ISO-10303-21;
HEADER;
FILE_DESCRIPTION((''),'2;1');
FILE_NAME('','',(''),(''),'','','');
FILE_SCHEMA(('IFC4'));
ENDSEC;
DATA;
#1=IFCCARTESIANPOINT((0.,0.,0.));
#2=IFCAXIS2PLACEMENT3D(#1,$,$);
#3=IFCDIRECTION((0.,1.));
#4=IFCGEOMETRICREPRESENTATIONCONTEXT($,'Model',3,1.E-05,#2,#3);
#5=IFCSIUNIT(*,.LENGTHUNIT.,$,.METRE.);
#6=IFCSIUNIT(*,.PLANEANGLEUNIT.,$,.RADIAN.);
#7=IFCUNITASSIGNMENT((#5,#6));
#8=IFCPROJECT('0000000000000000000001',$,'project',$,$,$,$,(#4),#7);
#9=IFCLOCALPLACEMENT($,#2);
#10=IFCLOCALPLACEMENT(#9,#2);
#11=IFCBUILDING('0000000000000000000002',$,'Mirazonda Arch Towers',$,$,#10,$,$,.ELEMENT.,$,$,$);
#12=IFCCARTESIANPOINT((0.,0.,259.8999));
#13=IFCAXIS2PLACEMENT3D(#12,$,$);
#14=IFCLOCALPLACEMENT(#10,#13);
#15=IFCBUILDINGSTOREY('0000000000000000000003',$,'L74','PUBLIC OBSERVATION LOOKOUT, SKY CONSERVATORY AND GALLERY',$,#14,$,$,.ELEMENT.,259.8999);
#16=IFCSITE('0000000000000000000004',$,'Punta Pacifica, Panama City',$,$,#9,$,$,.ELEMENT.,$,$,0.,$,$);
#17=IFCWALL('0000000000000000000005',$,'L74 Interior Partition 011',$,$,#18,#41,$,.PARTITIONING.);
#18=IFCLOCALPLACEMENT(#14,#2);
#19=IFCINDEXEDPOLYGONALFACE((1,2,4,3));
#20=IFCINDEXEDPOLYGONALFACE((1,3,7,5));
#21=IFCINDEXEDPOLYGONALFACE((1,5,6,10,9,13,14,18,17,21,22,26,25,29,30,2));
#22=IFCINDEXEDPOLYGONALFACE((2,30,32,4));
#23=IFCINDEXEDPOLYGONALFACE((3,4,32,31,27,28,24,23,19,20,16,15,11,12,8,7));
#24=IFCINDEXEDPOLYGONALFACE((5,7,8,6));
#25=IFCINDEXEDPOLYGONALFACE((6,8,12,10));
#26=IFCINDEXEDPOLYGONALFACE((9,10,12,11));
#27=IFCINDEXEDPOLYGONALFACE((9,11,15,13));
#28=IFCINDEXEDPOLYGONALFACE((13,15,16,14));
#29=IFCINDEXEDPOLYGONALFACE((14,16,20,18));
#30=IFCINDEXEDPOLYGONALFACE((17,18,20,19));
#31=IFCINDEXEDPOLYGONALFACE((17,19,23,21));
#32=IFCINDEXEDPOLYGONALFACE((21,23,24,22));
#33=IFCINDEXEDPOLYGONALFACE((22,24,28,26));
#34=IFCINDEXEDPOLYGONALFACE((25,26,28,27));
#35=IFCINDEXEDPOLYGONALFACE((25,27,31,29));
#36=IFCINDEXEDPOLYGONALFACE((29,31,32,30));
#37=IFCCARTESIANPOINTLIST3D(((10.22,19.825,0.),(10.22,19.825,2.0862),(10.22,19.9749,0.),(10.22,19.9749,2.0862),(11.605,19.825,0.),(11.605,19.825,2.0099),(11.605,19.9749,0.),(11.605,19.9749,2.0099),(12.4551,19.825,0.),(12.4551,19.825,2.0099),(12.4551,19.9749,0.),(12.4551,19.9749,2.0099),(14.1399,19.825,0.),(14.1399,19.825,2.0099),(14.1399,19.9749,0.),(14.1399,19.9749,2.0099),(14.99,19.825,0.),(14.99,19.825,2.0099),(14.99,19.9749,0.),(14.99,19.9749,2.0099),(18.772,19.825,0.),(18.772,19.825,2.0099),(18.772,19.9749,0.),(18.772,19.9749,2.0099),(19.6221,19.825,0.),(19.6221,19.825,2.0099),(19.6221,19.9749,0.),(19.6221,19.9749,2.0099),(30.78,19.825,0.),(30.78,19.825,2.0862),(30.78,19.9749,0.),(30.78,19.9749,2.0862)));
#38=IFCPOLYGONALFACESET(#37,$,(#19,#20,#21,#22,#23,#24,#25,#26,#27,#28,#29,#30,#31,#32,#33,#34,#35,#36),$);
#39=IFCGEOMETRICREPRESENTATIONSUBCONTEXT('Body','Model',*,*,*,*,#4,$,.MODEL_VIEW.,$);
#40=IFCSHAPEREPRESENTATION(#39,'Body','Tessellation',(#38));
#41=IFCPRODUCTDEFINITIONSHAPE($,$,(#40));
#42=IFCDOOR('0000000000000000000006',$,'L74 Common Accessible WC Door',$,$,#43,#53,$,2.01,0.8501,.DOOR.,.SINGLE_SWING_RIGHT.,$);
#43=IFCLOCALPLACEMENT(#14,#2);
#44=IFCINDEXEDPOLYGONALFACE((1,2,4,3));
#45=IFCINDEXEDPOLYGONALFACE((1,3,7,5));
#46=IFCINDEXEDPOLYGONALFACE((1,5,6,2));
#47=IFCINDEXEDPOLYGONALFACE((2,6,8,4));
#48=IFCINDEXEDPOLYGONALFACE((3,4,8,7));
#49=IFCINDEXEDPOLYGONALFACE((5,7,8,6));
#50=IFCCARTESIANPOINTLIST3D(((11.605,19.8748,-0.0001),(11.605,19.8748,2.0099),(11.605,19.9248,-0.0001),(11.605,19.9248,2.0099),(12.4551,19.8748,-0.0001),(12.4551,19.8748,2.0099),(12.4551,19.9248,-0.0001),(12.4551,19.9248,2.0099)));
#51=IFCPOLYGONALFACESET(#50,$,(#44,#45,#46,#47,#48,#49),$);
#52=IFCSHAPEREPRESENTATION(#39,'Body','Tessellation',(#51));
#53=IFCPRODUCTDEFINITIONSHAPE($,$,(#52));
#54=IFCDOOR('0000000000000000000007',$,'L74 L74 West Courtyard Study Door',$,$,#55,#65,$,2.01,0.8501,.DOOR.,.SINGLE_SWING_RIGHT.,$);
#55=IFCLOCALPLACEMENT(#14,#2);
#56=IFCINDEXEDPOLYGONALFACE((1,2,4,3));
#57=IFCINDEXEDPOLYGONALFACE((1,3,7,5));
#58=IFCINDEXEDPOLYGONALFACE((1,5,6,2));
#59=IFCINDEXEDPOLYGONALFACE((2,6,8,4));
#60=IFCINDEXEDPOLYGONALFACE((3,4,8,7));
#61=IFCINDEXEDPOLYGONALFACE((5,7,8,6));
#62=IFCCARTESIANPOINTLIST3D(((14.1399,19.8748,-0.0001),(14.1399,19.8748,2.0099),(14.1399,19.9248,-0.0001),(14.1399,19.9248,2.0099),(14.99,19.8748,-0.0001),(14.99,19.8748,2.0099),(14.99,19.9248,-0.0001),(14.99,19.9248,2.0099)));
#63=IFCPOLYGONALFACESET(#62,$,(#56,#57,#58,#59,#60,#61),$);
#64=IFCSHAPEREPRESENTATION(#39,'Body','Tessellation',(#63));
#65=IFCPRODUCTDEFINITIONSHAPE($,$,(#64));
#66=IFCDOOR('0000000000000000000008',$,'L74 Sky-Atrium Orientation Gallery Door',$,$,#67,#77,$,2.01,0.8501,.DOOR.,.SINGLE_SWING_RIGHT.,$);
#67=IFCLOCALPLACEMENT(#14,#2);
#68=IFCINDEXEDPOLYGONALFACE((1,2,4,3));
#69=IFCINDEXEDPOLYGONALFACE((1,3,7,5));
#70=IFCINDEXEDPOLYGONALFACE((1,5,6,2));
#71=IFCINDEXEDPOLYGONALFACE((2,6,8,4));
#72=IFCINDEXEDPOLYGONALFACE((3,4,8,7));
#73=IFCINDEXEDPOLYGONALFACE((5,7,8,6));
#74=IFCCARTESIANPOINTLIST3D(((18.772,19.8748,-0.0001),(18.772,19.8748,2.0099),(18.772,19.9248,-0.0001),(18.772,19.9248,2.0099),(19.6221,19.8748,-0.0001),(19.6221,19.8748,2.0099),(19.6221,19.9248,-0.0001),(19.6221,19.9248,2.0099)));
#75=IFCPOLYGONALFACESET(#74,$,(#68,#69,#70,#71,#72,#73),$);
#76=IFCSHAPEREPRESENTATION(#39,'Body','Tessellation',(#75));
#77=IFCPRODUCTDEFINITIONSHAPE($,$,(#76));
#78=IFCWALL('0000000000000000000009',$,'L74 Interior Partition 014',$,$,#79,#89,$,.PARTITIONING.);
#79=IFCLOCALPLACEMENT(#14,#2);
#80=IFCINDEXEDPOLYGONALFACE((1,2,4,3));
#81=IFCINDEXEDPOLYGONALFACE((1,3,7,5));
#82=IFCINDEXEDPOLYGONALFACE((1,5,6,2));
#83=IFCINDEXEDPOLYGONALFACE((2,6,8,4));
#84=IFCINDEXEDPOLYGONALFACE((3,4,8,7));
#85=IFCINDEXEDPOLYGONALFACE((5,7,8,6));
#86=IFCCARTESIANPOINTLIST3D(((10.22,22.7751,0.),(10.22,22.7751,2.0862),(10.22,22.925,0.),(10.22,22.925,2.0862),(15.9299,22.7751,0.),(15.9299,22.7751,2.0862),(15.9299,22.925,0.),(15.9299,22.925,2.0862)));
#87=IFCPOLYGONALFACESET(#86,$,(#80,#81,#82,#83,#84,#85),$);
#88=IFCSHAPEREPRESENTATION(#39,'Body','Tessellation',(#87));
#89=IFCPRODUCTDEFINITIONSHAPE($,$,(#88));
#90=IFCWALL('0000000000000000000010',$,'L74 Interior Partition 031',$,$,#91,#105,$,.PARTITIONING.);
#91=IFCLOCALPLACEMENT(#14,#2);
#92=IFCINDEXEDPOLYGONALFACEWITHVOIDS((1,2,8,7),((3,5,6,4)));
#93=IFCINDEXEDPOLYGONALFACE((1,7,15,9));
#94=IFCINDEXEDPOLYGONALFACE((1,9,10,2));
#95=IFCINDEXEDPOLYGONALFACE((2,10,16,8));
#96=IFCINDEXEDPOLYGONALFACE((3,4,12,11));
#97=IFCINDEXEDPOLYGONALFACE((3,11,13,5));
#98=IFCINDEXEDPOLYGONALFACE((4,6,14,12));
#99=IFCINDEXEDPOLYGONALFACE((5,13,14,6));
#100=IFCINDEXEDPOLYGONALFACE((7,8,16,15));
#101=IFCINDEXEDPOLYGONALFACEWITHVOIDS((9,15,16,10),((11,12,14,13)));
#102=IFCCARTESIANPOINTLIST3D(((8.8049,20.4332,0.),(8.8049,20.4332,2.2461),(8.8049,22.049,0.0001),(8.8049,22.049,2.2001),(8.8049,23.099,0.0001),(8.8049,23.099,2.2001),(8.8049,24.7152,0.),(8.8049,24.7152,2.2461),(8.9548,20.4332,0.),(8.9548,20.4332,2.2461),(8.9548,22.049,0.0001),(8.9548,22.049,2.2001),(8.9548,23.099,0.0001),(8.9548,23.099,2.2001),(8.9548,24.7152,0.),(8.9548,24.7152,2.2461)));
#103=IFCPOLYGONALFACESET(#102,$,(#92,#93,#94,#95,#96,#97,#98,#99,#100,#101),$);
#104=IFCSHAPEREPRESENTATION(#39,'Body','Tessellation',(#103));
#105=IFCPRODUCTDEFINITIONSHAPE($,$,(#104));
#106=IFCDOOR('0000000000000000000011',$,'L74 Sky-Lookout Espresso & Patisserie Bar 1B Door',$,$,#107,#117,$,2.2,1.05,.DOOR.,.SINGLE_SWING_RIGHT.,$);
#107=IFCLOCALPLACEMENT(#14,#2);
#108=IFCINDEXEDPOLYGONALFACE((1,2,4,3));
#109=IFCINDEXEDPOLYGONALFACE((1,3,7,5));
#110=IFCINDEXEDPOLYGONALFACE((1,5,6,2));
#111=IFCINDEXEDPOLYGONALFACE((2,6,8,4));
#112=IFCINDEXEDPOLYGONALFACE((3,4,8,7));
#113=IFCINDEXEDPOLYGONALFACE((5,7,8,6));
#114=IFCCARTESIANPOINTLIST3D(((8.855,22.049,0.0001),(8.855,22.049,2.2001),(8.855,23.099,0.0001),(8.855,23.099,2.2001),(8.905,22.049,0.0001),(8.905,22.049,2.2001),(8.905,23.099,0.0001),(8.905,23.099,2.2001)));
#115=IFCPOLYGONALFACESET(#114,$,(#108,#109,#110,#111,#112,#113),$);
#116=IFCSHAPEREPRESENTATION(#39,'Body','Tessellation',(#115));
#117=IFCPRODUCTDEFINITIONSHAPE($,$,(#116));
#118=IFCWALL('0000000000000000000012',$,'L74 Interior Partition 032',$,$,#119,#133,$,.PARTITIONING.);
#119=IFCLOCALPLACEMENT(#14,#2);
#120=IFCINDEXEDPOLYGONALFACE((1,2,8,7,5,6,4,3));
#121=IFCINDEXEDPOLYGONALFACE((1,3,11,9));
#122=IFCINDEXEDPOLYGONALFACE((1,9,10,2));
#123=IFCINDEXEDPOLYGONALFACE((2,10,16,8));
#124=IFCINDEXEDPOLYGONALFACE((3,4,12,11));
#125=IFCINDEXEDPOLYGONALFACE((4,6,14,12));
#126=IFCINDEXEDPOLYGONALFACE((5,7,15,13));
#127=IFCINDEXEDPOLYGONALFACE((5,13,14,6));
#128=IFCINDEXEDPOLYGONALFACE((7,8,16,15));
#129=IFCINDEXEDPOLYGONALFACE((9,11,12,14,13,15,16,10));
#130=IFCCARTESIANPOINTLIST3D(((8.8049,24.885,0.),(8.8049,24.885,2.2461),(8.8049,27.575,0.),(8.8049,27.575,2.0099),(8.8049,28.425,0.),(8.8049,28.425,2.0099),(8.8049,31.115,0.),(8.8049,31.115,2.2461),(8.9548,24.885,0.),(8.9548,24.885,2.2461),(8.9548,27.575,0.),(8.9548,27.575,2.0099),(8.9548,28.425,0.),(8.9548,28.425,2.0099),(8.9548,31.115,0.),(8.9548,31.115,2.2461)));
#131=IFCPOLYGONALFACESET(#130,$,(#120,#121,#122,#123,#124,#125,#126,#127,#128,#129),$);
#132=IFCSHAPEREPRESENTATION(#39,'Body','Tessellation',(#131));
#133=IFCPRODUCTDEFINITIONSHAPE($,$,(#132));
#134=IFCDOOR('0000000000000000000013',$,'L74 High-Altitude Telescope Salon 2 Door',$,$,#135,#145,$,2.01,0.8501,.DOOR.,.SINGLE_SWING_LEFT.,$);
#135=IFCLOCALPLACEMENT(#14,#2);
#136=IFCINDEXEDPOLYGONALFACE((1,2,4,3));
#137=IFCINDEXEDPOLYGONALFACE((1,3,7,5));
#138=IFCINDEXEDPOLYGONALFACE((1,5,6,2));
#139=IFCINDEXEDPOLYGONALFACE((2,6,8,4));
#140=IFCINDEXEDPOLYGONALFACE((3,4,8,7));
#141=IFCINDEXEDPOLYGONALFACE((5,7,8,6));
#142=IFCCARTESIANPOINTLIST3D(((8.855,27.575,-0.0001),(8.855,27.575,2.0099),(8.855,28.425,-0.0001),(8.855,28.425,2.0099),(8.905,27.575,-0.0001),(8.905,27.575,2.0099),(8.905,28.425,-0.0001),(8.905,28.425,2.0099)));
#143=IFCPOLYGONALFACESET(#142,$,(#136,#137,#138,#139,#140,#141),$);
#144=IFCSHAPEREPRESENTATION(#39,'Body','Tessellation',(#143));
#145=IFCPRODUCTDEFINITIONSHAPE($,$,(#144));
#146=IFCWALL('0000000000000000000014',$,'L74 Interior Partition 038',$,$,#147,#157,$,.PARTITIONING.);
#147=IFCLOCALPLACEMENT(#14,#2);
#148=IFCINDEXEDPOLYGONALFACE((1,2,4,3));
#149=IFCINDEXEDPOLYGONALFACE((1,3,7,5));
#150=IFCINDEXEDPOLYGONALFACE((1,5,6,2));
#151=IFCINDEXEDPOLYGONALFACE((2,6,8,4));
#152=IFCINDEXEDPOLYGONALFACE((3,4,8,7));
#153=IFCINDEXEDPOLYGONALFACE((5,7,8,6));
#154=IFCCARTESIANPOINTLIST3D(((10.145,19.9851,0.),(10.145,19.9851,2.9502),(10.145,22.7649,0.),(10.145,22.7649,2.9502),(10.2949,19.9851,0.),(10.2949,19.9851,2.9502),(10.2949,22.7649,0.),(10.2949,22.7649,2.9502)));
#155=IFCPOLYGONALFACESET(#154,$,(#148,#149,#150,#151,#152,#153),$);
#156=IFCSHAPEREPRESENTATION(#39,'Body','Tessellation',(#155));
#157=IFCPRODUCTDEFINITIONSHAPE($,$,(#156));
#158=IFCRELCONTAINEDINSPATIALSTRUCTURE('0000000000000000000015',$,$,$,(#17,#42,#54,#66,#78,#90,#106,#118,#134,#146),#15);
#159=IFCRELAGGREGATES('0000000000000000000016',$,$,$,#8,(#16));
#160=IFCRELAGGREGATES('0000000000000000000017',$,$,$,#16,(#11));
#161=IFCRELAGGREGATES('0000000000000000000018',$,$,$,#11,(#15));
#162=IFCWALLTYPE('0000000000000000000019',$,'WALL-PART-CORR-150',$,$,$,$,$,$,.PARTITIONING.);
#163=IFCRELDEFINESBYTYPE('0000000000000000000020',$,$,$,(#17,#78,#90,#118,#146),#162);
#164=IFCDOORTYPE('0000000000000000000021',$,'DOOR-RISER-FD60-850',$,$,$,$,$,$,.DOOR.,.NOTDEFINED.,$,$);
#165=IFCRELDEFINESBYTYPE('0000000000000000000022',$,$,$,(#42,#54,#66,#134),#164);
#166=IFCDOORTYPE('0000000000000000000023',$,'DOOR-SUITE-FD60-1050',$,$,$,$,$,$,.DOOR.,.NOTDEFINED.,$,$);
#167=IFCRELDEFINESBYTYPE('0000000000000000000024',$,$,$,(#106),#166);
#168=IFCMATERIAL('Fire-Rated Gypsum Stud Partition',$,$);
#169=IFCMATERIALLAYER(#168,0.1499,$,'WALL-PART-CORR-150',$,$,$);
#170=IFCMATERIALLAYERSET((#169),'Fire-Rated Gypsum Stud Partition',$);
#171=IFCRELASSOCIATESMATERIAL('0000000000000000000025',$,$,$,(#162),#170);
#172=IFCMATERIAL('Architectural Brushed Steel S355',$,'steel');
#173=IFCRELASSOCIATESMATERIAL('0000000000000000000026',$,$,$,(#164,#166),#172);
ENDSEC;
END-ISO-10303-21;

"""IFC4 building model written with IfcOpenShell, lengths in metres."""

from ifc_helpers import new_model, si_unit, direction, frame, frame_2d, origin, place, context, subcontext, project, spatial, rectangle, extrude, material, layer, layer_set, type_object, element, fill, save


model = new_model("IFC4")

# Units and contexts
model_context = context("Model", 3, precision=1e-05, world=origin(), true_north=direction((0.0, 1.0)))
body_context = subcontext(model_context, "Body", "Model", "MODEL_VIEW")
ifc_project = project(units=[si_unit("LENGTHUNIT", "METRE"), si_unit("PLANEANGLEUNIT", "RADIAN")], contexts=[model_context])

# Site, building, storey
site_placement = place(None, origin())
site = spatial("IfcSite", under=ifc_project, at=site_placement, Name="Punta Pacifica, Panama City", CompositionType="ELEMENT", RefElevation=0.0)
building_placement = place(site_placement, origin())
building = spatial("IfcBuilding", under=site, at=building_placement, Name="Mirazonda Arch Towers", CompositionType="ELEMENT")
storey_placement = place(building_placement, frame((0.0, 0.0, 259.8999)))
storey = spatial("IfcBuildingStorey", under=building, at=storey_placement, Name="L74", Description="PUBLIC OBSERVATION LOOKOUT, SKY CONSERVATORY AND GALLERY", CompositionType="ELEMENT", Elevation=259.8999)

# Shared definitions
ifc_material_1 = material(Name="Architectural Brushed Steel S355", Category="steel")

# Shared definitions
ifc_material_2 = material(Name="Fire-Rated Gypsum Stud Partition")
ifc_layer_1 = layer(ifc_material_2, 0.1499, Name="WALL-PART-CORR-150")
ifc_layer_set_1 = layer_set([ifc_layer_1], Name="Fire-Rated Gypsum Stud Partition")
wall_type_1 = type_object("IfcWallType", Name="WALL-PART-CORR-150", PredefinedType="PARTITIONING", material=ifc_layer_set_1)

# Wall, openings, doors
wall_1_placement = place(storey_placement, frame((10.22, 19.8999, 0.0), z_axis=(0.0, 0.0, 1.0), x_axis=(1.0, 0.0, 0.0)))
wall_1 = element("IfcWall", 1, at=wall_1_placement, inside=storey, type_object=wall_type_1, Name="L74 Interior Partition 011", PredefinedType="PARTITIONING", context=body_context, shape_type="SweptSolid", body=[
    extrude(rectangle(XDim=20.5601, YDim=0.1499, at=frame_2d((10.28, 0.0))), origin(), (0.0, 0.0, 1.0), 2.0862),
])
opening_1_placement = place(wall_1_placement, frame((1.385, 0.0, 0.0)))
opening_1 = element("IfcOpeningElement", 2, at=opening_1_placement, cuts=wall_1, PredefinedType="OPENING", context=body_context, shape_type="SweptSolid", body=[
    extrude(rectangle(XDim=0.8501, YDim=2.01, at=frame_2d((0.425, 1.0049))), frame((0.0, 0.085, 0.0), z_axis=(0.0, -1.0, 0.0), x_axis=(1.0, 0.0, 0.0)), (0.0, 0.0, 1.0), 0.1699),
])
opening_2_placement = place(wall_1_placement, frame((3.9199, 0.0, 0.0)))
opening_2 = element("IfcOpeningElement", 3, at=opening_2_placement, cuts=wall_1, PredefinedType="OPENING", context=body_context, shape_type="SweptSolid", body=[
    extrude(rectangle(XDim=0.8501, YDim=2.01, at=frame_2d((0.425, 1.0049))), frame((0.0, 0.085, 0.0), z_axis=(0.0, -1.0, 0.0), x_axis=(1.0, 0.0, 0.0)), (0.0, 0.0, 1.0), 0.1699),
])
opening_3_placement = place(wall_1_placement, frame((8.552, 0.0, 0.0)))
opening_3 = element("IfcOpeningElement", 4, at=opening_3_placement, cuts=wall_1, PredefinedType="OPENING", context=body_context, shape_type="SweptSolid", body=[
    extrude(rectangle(XDim=0.8501, YDim=2.01, at=frame_2d((0.425, 1.0049))), frame((0.0, 0.085, 0.0), z_axis=(0.0, -1.0, 0.0), x_axis=(1.0, 0.0, 0.0)), (0.0, 0.0, 1.0), 0.1699),
])
door_type_1 = type_object("IfcDoorType", Name="DOOR-RISER-FD60-850", OperationType="NOTDEFINED", PredefinedType="DOOR", material=ifc_material_1)
door_1_placement = place(opening_1_placement, origin())
door_1 = element("IfcDoor", 5, at=door_1_placement, inside=storey, type_object=door_type_1, Name="L74 Common Accessible WC Door", OperationType="SINGLE_SWING_RIGHT", OverallHeight=2.01, OverallWidth=0.8501, PredefinedType="DOOR", context=body_context, shape_type="SweptSolid", body=[
    extrude(rectangle(XDim=0.8501, YDim=2.01, at=frame_2d((0.425, 1.0049))), frame((0.0, 0.0249, 0.0), z_axis=(0.0, -1.0, 0.0), x_axis=(1.0, 0.0, 0.0)), (0.0, 0.0, 1.0), 0.05),
])
fill(opening_1, door_1)
door_2_placement = place(opening_2_placement, origin())
door_2 = element("IfcDoor", 6, at=door_2_placement, inside=storey, type_object=door_type_1, Name="L74 L74 West Courtyard Study Door", OperationType="SINGLE_SWING_RIGHT", OverallHeight=2.01, OverallWidth=0.8501, PredefinedType="DOOR", context=body_context, shape_type="SweptSolid", body=[
    extrude(rectangle(XDim=0.8501, YDim=2.01, at=frame_2d((0.425, 1.0049))), frame((0.0, 0.0249, 0.0), z_axis=(0.0, -1.0, 0.0), x_axis=(1.0, 0.0, 0.0)), (0.0, 0.0, 1.0), 0.05),
])
fill(opening_2, door_2)
door_3_placement = place(opening_3_placement, origin())
door_3 = element("IfcDoor", 7, at=door_3_placement, inside=storey, type_object=door_type_1, Name="L74 Sky-Atrium Orientation Gallery Door", OperationType="SINGLE_SWING_RIGHT", OverallHeight=2.01, OverallWidth=0.8501, PredefinedType="DOOR", context=body_context, shape_type="SweptSolid", body=[
    extrude(rectangle(XDim=0.8501, YDim=2.01, at=frame_2d((0.425, 1.0049))), frame((0.0, 0.0249, 0.0), z_axis=(0.0, -1.0, 0.0), x_axis=(1.0, 0.0, 0.0)), (0.0, 0.0, 1.0), 0.05),
])
fill(opening_3, door_3)

# Wall
wall_2_placement = place(storey_placement, frame((10.22, 22.8501, 0.0), z_axis=(0.0, 0.0, 1.0), x_axis=(1.0, 0.0, 0.0)))
element("IfcWall", 8, at=wall_2_placement, inside=storey, type_object=wall_type_1, Name="L74 Interior Partition 014", PredefinedType="PARTITIONING", context=body_context, shape_type="SweptSolid", body=[
    extrude(rectangle(XDim=5.71, YDim=0.1499, at=frame_2d((2.855, 0.0))), origin(), (0.0, 0.0, 1.0), 2.0862),
])

# Walls, openings, doors
wall_3_placement = place(storey_placement, frame((8.8799, 20.4331, 0.0), z_axis=(0.0, 0.0, 1.0), x_axis=(0.0, 1.0, 0.0)))
wall_3 = element("IfcWall", 9, at=wall_3_placement, inside=storey, type_object=wall_type_1, Name="L74 Interior Partition 031", PredefinedType="PARTITIONING", context=body_context, shape_type="SweptSolid", body=[
    extrude(rectangle(XDim=4.282, YDim=0.1499, at=frame_2d((2.1411, 0.0))), origin(), (0.0, 0.0, 1.0), 2.2461),
])
opening_4_placement = place(wall_3_placement, frame((1.616, 0.0, 0.0)))
opening_4 = element("IfcOpeningElement", 10, at=opening_4_placement, cuts=wall_3, PredefinedType="OPENING", context=body_context, shape_type="SweptSolid", body=[
    extrude(rectangle(XDim=1.05, YDim=2.2, at=frame_2d((0.5249, 1.1001))), frame((0.0, 0.085, 0.0), z_axis=(0.0, -1.0, 0.0), x_axis=(1.0, 0.0, 0.0)), (0.0, 0.0, 1.0), 0.1699),
])
door_type_2 = type_object("IfcDoorType", Name="DOOR-SUITE-FD60-1050", OperationType="NOTDEFINED", PredefinedType="DOOR", material=ifc_material_1)
door_4_placement = place(opening_4_placement, origin())
door_4 = element("IfcDoor", 11, at=door_4_placement, inside=storey, type_object=door_type_2, Name="L74 Sky-Lookout Espresso & Patisserie Bar 1B Door", OperationType="SINGLE_SWING_RIGHT", OverallHeight=2.2, OverallWidth=1.05, PredefinedType="DOOR", context=body_context, shape_type="SweptSolid", body=[
    extrude(rectangle(XDim=1.05, YDim=2.2, at=frame_2d((0.5249, 1.1001))), frame((0.0, 0.0249, 0.0), z_axis=(0.0, -1.0, 0.0), x_axis=(1.0, 0.0, 0.0)), (0.0, 0.0, 1.0), 0.05),
])
fill(opening_4, door_4)
wall_4_placement = place(storey_placement, frame((8.8799, 24.885, 0.0), z_axis=(0.0, 0.0, 1.0), x_axis=(0.0, 1.0, 0.0)))
wall_4 = element("IfcWall", 12, at=wall_4_placement, inside=storey, type_object=wall_type_1, Name="L74 Interior Partition 032", PredefinedType="PARTITIONING", context=body_context, shape_type="SweptSolid", body=[
    extrude(rectangle(XDim=6.23, YDim=0.1499, at=frame_2d((3.115, 0.0))), origin(), (0.0, 0.0, 1.0), 2.2461),
])
opening_5_placement = place(wall_4_placement, frame((2.6899, 0.0, 0.0)))
opening_5 = element("IfcOpeningElement", 13, at=opening_5_placement, cuts=wall_4, PredefinedType="OPENING", context=body_context, shape_type="SweptSolid", body=[
    extrude(rectangle(XDim=0.8501, YDim=2.01, at=frame_2d((0.425, 1.0049))), frame((0.0, 0.085, 0.0), z_axis=(0.0, -1.0, 0.0), x_axis=(1.0, 0.0, 0.0)), (0.0, 0.0, 1.0), 0.1699),
])
door_5_placement = place(opening_5_placement, origin())
door_5 = element("IfcDoor", 14, at=door_5_placement, inside=storey, type_object=door_type_1, Name="L74 High-Altitude Telescope Salon 2 Door", OperationType="SINGLE_SWING_LEFT", OverallHeight=2.01, OverallWidth=0.8501, PredefinedType="DOOR", context=body_context, shape_type="SweptSolid", body=[
    extrude(rectangle(XDim=0.8501, YDim=2.01, at=frame_2d((0.425, 1.0049))), frame((0.0, 0.0249, 0.0), z_axis=(0.0, -1.0, 0.0), x_axis=(1.0, 0.0, 0.0)), (0.0, 0.0, 1.0), 0.05),
])
fill(opening_5, door_5)

# Wall
wall_5_placement = place(storey_placement, frame((10.22, 19.9851, 0.0), z_axis=(0.0, 0.0, 1.0), x_axis=(0.0, 1.0, 0.0)))
element("IfcWall", 15, at=wall_5_placement, inside=storey, type_object=wall_type_1, Name="L74 Interior Partition 038", PredefinedType="PARTITIONING", context=body_context, shape_type="SweptSolid", body=[
    extrude(rectangle(XDim=2.7798, YDim=0.1499, at=frame_2d((1.3899, 0.0))), origin(), (0.0, 0.0, 1.0), 2.9502),
])

save(model, "model.ifc")
